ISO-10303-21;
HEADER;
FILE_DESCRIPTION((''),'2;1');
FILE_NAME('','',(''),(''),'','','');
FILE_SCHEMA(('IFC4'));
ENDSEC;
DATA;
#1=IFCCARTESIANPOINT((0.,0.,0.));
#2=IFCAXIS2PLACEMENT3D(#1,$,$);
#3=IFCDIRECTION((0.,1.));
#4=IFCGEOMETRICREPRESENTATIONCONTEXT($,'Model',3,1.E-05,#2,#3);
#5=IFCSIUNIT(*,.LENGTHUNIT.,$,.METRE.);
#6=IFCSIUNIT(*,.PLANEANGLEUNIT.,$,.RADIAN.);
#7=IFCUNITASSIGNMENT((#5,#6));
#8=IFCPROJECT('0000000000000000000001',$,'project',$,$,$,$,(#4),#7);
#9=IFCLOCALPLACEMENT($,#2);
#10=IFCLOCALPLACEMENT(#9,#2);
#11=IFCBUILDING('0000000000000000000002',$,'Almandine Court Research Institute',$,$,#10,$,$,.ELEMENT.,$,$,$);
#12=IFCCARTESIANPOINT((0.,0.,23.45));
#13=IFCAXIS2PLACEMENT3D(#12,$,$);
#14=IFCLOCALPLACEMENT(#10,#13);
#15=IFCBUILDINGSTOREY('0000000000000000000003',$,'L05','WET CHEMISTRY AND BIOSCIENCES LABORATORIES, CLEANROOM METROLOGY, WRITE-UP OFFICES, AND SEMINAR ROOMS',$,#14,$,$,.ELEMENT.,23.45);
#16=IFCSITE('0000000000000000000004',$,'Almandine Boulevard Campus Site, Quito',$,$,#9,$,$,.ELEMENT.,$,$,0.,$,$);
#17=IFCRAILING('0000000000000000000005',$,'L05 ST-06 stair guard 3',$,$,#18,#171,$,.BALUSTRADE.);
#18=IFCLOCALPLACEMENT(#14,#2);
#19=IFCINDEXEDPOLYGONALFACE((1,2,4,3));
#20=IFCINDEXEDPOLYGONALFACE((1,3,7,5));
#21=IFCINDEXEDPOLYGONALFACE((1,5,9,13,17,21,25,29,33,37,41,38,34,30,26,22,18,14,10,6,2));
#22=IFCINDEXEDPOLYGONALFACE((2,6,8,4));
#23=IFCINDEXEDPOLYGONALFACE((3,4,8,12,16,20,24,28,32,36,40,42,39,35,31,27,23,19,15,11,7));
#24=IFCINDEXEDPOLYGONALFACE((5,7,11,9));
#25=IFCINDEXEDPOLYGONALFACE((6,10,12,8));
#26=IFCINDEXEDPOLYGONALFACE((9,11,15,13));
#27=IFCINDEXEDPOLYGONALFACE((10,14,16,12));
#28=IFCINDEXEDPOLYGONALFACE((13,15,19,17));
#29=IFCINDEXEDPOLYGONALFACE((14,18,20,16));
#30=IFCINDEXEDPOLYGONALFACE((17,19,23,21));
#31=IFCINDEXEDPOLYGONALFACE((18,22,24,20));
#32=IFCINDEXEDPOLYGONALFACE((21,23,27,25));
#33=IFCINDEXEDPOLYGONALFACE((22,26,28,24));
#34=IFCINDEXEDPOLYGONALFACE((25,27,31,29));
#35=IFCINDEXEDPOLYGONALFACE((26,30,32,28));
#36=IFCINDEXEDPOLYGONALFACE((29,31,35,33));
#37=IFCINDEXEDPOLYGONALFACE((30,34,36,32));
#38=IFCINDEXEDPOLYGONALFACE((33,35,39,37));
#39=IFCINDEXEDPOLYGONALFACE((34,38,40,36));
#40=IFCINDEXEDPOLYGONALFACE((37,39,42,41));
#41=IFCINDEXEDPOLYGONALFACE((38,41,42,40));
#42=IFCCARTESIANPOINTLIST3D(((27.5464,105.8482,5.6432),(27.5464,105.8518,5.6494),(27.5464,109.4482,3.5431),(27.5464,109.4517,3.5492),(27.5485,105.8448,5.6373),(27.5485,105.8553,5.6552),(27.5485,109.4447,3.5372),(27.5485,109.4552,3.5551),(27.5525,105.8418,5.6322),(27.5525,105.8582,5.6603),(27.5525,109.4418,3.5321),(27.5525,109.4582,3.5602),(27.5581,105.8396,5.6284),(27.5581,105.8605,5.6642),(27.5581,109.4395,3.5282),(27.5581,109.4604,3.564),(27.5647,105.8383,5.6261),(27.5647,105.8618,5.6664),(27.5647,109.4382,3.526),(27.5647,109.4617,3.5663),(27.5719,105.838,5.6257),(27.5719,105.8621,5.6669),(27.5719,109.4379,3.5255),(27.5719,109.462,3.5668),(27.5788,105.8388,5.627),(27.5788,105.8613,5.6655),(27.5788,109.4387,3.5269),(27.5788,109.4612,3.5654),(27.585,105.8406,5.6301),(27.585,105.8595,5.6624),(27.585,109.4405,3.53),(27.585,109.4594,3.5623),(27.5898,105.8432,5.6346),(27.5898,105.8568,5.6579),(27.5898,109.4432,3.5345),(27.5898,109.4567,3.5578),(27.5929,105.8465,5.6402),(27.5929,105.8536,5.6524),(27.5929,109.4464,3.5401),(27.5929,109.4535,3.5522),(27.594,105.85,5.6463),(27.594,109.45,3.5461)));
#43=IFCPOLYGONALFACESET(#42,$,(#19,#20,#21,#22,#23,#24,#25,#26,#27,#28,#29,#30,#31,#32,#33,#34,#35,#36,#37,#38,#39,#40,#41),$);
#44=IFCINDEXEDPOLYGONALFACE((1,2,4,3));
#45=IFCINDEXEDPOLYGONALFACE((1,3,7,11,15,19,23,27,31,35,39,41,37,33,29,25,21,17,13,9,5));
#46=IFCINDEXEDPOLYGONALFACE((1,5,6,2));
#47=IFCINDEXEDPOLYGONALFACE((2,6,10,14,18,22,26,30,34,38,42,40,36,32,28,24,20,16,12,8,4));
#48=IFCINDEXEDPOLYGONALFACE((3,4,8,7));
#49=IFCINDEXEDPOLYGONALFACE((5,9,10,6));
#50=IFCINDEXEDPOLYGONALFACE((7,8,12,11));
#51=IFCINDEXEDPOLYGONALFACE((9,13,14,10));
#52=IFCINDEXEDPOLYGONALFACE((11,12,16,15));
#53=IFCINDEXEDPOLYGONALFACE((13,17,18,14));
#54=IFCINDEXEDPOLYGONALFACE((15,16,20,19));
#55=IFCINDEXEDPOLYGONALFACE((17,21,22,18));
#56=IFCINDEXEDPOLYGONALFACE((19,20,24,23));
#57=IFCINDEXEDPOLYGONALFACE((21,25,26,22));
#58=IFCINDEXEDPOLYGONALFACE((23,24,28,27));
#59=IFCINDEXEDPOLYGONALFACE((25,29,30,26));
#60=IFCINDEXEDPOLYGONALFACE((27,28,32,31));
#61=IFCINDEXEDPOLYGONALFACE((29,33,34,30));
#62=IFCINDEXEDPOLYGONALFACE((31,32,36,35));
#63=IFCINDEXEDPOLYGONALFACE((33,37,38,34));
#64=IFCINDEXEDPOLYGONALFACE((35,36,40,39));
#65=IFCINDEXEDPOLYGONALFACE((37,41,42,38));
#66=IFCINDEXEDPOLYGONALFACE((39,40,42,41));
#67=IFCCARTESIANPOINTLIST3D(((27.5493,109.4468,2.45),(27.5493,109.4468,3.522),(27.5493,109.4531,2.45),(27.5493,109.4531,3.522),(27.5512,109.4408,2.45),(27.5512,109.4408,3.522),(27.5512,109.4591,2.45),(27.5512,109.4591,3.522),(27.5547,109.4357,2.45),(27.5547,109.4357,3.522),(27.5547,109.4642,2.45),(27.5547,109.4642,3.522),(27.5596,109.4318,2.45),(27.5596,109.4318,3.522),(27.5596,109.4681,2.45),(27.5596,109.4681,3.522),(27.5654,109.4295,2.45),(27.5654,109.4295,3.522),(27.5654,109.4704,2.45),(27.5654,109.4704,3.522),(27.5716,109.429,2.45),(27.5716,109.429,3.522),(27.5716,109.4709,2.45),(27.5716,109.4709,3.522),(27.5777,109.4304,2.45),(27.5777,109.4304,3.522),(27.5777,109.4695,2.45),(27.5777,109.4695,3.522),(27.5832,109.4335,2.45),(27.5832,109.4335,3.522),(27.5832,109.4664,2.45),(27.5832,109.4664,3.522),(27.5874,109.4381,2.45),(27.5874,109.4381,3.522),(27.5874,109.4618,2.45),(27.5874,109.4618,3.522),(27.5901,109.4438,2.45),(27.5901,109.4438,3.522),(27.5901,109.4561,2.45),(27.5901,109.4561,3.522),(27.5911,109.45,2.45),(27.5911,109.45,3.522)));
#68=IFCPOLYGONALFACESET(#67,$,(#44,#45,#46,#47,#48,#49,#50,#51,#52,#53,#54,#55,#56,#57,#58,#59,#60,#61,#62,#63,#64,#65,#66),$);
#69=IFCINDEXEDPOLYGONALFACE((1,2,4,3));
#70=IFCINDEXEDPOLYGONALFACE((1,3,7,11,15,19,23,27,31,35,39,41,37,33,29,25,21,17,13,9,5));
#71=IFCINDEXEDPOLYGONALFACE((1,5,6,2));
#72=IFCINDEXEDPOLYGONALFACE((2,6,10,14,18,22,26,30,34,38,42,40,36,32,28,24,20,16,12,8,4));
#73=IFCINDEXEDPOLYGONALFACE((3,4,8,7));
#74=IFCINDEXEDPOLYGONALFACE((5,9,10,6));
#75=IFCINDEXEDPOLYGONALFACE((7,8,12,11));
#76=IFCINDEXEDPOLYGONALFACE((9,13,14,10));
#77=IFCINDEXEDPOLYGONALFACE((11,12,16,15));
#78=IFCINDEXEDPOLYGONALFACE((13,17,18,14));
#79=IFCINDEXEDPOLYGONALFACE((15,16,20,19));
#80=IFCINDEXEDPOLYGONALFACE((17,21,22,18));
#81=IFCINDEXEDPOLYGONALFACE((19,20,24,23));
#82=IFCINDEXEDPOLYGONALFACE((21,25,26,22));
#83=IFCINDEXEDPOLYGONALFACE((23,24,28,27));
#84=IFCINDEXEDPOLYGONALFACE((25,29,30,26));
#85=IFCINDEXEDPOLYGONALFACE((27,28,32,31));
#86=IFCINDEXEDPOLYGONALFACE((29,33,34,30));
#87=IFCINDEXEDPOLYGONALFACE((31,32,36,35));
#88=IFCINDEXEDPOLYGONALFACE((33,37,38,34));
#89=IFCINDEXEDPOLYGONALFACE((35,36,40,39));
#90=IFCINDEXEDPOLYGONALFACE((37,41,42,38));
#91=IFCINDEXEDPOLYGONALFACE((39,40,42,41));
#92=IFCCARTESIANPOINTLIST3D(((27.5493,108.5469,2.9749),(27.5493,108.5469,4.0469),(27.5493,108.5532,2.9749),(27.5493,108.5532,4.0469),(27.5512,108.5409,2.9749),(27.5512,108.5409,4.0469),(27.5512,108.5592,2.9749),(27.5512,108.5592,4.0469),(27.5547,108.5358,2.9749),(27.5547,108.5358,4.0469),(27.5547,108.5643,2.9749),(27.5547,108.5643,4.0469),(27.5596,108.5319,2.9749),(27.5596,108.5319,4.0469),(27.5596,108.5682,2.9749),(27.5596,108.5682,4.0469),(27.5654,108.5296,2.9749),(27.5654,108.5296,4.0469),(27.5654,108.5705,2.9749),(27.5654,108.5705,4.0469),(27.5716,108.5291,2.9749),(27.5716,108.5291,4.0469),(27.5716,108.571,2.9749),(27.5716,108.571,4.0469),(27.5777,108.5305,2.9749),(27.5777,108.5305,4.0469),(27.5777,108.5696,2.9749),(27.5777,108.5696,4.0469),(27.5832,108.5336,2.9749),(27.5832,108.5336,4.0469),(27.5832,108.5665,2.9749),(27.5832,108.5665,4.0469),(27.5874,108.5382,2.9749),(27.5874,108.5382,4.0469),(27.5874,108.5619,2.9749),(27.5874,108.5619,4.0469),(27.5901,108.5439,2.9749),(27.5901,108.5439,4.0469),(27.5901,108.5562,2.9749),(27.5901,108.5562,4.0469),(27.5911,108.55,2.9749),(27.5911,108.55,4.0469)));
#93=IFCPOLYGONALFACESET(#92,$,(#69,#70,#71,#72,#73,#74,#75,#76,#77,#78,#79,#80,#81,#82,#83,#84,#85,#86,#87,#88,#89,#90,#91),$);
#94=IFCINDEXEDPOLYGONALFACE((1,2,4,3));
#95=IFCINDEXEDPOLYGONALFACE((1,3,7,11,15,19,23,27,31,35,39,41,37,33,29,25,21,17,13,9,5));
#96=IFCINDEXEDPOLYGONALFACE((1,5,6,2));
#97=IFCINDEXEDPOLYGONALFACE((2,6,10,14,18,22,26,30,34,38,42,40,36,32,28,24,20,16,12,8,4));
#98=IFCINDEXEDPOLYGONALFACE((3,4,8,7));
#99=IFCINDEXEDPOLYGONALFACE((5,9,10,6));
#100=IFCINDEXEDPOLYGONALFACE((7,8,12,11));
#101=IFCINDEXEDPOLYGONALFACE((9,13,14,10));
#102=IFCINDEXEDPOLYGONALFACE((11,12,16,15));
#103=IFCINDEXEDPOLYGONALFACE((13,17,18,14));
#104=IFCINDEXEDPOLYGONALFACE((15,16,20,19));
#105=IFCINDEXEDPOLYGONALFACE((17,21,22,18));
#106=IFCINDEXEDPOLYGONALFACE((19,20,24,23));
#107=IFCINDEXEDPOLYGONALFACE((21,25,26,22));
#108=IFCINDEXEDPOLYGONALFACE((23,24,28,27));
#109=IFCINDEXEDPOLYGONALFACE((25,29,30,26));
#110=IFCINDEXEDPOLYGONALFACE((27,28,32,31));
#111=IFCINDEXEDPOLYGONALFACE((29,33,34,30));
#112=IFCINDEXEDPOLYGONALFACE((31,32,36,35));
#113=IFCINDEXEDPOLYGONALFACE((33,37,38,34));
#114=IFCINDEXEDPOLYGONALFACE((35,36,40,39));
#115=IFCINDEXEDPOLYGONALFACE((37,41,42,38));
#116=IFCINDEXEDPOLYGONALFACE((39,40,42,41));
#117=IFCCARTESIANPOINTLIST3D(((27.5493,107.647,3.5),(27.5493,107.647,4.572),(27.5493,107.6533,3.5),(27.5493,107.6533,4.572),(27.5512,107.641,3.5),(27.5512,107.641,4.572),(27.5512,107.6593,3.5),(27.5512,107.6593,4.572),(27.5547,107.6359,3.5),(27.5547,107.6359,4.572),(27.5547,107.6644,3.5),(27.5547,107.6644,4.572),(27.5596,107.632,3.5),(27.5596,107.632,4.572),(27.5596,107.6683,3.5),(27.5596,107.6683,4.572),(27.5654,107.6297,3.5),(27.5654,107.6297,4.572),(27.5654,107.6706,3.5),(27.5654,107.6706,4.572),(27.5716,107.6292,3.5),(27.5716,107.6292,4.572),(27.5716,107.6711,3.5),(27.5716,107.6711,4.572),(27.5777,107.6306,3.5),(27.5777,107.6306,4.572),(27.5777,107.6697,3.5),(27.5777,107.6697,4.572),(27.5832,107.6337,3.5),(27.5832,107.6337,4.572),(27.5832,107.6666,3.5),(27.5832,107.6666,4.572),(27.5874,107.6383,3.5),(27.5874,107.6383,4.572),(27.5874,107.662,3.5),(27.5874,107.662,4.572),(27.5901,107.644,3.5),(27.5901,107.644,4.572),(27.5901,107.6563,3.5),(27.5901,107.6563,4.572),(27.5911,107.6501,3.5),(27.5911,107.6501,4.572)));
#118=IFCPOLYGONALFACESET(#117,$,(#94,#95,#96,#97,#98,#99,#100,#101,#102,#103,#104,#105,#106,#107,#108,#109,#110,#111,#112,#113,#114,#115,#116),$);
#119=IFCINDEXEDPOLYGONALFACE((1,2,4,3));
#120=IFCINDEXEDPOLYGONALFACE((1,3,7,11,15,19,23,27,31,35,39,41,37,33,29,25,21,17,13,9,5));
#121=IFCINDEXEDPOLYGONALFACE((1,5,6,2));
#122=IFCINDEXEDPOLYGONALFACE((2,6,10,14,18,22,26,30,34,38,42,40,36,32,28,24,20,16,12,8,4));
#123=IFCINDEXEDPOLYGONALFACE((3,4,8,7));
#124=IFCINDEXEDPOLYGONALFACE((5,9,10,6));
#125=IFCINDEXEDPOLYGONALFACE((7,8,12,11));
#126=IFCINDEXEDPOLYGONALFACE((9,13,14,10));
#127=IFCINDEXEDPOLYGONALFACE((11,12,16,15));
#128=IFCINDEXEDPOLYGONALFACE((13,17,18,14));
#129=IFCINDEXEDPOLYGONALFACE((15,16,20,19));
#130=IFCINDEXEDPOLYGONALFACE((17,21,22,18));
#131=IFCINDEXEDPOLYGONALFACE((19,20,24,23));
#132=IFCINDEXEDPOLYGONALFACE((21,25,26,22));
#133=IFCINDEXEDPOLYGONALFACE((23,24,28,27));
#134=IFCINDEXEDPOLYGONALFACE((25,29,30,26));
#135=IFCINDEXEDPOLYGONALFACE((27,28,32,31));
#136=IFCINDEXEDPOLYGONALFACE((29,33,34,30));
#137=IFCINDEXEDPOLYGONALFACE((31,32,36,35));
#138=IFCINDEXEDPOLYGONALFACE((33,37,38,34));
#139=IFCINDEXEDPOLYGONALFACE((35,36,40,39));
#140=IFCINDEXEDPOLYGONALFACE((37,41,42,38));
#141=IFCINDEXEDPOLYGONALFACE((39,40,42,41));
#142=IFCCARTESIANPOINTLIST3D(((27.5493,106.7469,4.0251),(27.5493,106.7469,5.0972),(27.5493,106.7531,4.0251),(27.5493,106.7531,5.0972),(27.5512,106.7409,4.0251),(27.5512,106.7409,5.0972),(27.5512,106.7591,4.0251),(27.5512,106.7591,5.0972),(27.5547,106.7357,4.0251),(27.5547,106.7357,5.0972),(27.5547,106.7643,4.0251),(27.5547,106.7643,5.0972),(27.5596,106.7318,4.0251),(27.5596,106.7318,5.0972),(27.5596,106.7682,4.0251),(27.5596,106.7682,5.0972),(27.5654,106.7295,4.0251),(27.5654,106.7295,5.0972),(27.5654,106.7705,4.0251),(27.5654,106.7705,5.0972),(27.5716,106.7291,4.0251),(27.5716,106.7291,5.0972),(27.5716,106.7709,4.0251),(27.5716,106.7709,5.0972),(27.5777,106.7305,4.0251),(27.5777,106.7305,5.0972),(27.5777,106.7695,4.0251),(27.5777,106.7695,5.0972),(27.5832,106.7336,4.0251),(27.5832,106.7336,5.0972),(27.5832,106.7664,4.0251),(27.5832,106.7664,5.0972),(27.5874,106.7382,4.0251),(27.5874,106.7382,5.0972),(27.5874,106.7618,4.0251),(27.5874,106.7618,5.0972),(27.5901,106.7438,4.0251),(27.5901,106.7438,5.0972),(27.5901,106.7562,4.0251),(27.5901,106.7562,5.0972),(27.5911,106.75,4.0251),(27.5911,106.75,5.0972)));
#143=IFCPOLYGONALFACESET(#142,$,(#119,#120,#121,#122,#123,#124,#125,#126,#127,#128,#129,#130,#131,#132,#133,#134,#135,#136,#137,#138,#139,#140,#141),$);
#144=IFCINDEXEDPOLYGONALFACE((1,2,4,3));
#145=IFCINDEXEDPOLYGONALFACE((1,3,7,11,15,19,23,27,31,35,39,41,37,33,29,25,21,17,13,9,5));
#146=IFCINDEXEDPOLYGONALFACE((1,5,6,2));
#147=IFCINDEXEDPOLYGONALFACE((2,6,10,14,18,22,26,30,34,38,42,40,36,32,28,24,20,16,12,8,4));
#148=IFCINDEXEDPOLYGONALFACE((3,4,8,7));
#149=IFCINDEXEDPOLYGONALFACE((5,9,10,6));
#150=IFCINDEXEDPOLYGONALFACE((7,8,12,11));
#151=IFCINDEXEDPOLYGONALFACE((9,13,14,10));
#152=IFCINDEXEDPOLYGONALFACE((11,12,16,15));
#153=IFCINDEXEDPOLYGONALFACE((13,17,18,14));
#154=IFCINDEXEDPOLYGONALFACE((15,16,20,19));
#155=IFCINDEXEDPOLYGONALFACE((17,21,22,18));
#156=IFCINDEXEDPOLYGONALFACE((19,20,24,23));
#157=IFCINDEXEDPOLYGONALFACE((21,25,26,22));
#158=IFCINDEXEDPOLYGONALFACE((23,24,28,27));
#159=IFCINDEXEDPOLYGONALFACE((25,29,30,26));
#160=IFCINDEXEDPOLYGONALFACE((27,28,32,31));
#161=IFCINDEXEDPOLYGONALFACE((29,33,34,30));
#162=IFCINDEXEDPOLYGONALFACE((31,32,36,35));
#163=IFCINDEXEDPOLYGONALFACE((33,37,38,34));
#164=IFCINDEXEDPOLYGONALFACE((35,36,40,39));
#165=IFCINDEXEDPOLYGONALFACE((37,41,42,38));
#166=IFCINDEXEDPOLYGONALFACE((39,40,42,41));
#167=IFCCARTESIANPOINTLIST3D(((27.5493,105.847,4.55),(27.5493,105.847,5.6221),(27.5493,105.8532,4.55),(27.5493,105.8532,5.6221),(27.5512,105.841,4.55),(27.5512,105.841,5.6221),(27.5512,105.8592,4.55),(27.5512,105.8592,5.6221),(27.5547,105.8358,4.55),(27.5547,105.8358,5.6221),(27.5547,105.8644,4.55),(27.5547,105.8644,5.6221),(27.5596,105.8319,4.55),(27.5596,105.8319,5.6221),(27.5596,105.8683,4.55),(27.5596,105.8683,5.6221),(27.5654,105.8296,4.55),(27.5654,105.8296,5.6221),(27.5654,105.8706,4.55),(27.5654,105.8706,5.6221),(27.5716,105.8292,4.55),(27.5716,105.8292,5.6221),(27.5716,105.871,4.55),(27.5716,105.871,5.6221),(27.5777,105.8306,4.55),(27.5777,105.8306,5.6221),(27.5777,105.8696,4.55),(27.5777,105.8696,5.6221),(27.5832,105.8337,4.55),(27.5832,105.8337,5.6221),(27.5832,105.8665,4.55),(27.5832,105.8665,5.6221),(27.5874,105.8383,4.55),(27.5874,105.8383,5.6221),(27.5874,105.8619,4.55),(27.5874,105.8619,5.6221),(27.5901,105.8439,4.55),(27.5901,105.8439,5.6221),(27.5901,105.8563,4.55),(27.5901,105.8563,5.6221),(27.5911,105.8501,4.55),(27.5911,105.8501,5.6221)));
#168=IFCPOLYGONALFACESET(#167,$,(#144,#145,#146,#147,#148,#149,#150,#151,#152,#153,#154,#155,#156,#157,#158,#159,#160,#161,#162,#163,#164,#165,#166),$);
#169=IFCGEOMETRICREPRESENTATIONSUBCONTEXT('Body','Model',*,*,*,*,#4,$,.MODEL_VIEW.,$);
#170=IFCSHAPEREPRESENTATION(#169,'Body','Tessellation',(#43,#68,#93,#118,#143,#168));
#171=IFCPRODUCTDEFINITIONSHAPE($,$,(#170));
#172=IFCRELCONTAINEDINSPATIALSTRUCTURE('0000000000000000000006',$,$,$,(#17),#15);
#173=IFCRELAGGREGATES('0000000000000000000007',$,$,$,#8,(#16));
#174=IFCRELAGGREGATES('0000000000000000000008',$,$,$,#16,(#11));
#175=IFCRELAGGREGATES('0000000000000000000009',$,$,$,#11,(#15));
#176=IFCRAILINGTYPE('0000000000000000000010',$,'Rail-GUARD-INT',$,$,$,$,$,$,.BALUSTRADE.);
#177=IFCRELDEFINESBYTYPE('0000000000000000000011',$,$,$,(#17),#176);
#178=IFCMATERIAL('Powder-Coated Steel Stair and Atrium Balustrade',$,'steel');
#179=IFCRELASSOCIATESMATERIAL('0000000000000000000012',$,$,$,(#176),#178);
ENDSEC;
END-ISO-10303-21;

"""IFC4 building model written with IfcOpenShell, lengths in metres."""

from ifc_helpers import new_model, si_unit, direction, frame, origin, origin_2d, place, context, subcontext, project, spatial, circle, extrude, material, type_object, element, save


model = new_model("IFC4")

# Units and contexts
model_context = context("Model", 3, precision=1e-05, world=origin(), true_north=direction((0.0, 1.0)))
body_context = subcontext(model_context, "Body", "Model", "MODEL_VIEW")
ifc_project = project(units=[si_unit("LENGTHUNIT", "METRE"), si_unit("PLANEANGLEUNIT", "RADIAN")], contexts=[model_context])

# Site, building, storey
site_placement = place(None, origin())
site = spatial("IfcSite", under=ifc_project, at=site_placement, Name="Almandine Boulevard Campus Site, Quito", CompositionType="ELEMENT", RefElevation=0.0)
building_placement = place(site_placement, origin())
building = spatial("IfcBuilding", under=site, at=building_placement, Name="Almandine Court Research Institute", CompositionType="ELEMENT")
storey_placement = place(building_placement, frame((0.0, 0.0, 23.45)))
storey = spatial("IfcBuildingStorey", under=building, at=storey_placement, Name="L05", Description="WET CHEMISTRY AND BIOSCIENCES LABORATORIES, CLEANROOM METROLOGY, WRITE-UP OFFICES, AND SEMINAR ROOMS", CompositionType="ELEMENT", Elevation=23.45)

# Railing
ifc_material_1 = material(Name="Powder-Coated Steel Stair and Atrium Balustrade", Category="steel")
railing_type_1 = type_object("IfcRailingType", Name="Rail-GUARD-INT", PredefinedType="BALUSTRADE", material=ifc_material_1)
railing_1_placement = place(storey_placement, frame((27.5701, 109.45, 2.45)))
element("IfcRailing", 1, at=railing_1_placement, inside=storey, type_object=railing_type_1, Name="L05 ST-06 stair guard 3", PredefinedType="BALUSTRADE", context=body_context, shape_type="SweptSolid", body=[
    extrude(circle(Radius=0.0239, at=origin_2d()), frame((0.0, 0.0, 1.0962), z_axis=(0.0, -0.86376, 0.503904), x_axis=(1.0, 0.0, 0.0)), (0.0, 0.0, 1.0), 4.1677),
    extrude(circle(Radius=0.021, at=origin_2d()), origin(), (0.0, 0.0, 1.0), 1.072),
    extrude(circle(Radius=0.021, at=origin_2d()), frame((0.0, -0.8999, 0.5249)), (0.0, 0.0, 1.0), 1.072),
    extrude(circle(Radius=0.021, at=origin_2d()), frame((0.0, -1.7998, 1.05)), (0.0, 0.0, 1.0), 1.072),
    extrude(circle(Radius=0.021, at=origin_2d()), frame((0.0, -2.7, 1.5752)), (0.0, 0.0, 1.0), 1.072),
    extrude(circle(Radius=0.021, at=origin_2d()), frame((0.0, -3.5999, 2.1001)), (0.0, 0.0, 1.0), 1.072),
])

save(model, "model.ifc")
